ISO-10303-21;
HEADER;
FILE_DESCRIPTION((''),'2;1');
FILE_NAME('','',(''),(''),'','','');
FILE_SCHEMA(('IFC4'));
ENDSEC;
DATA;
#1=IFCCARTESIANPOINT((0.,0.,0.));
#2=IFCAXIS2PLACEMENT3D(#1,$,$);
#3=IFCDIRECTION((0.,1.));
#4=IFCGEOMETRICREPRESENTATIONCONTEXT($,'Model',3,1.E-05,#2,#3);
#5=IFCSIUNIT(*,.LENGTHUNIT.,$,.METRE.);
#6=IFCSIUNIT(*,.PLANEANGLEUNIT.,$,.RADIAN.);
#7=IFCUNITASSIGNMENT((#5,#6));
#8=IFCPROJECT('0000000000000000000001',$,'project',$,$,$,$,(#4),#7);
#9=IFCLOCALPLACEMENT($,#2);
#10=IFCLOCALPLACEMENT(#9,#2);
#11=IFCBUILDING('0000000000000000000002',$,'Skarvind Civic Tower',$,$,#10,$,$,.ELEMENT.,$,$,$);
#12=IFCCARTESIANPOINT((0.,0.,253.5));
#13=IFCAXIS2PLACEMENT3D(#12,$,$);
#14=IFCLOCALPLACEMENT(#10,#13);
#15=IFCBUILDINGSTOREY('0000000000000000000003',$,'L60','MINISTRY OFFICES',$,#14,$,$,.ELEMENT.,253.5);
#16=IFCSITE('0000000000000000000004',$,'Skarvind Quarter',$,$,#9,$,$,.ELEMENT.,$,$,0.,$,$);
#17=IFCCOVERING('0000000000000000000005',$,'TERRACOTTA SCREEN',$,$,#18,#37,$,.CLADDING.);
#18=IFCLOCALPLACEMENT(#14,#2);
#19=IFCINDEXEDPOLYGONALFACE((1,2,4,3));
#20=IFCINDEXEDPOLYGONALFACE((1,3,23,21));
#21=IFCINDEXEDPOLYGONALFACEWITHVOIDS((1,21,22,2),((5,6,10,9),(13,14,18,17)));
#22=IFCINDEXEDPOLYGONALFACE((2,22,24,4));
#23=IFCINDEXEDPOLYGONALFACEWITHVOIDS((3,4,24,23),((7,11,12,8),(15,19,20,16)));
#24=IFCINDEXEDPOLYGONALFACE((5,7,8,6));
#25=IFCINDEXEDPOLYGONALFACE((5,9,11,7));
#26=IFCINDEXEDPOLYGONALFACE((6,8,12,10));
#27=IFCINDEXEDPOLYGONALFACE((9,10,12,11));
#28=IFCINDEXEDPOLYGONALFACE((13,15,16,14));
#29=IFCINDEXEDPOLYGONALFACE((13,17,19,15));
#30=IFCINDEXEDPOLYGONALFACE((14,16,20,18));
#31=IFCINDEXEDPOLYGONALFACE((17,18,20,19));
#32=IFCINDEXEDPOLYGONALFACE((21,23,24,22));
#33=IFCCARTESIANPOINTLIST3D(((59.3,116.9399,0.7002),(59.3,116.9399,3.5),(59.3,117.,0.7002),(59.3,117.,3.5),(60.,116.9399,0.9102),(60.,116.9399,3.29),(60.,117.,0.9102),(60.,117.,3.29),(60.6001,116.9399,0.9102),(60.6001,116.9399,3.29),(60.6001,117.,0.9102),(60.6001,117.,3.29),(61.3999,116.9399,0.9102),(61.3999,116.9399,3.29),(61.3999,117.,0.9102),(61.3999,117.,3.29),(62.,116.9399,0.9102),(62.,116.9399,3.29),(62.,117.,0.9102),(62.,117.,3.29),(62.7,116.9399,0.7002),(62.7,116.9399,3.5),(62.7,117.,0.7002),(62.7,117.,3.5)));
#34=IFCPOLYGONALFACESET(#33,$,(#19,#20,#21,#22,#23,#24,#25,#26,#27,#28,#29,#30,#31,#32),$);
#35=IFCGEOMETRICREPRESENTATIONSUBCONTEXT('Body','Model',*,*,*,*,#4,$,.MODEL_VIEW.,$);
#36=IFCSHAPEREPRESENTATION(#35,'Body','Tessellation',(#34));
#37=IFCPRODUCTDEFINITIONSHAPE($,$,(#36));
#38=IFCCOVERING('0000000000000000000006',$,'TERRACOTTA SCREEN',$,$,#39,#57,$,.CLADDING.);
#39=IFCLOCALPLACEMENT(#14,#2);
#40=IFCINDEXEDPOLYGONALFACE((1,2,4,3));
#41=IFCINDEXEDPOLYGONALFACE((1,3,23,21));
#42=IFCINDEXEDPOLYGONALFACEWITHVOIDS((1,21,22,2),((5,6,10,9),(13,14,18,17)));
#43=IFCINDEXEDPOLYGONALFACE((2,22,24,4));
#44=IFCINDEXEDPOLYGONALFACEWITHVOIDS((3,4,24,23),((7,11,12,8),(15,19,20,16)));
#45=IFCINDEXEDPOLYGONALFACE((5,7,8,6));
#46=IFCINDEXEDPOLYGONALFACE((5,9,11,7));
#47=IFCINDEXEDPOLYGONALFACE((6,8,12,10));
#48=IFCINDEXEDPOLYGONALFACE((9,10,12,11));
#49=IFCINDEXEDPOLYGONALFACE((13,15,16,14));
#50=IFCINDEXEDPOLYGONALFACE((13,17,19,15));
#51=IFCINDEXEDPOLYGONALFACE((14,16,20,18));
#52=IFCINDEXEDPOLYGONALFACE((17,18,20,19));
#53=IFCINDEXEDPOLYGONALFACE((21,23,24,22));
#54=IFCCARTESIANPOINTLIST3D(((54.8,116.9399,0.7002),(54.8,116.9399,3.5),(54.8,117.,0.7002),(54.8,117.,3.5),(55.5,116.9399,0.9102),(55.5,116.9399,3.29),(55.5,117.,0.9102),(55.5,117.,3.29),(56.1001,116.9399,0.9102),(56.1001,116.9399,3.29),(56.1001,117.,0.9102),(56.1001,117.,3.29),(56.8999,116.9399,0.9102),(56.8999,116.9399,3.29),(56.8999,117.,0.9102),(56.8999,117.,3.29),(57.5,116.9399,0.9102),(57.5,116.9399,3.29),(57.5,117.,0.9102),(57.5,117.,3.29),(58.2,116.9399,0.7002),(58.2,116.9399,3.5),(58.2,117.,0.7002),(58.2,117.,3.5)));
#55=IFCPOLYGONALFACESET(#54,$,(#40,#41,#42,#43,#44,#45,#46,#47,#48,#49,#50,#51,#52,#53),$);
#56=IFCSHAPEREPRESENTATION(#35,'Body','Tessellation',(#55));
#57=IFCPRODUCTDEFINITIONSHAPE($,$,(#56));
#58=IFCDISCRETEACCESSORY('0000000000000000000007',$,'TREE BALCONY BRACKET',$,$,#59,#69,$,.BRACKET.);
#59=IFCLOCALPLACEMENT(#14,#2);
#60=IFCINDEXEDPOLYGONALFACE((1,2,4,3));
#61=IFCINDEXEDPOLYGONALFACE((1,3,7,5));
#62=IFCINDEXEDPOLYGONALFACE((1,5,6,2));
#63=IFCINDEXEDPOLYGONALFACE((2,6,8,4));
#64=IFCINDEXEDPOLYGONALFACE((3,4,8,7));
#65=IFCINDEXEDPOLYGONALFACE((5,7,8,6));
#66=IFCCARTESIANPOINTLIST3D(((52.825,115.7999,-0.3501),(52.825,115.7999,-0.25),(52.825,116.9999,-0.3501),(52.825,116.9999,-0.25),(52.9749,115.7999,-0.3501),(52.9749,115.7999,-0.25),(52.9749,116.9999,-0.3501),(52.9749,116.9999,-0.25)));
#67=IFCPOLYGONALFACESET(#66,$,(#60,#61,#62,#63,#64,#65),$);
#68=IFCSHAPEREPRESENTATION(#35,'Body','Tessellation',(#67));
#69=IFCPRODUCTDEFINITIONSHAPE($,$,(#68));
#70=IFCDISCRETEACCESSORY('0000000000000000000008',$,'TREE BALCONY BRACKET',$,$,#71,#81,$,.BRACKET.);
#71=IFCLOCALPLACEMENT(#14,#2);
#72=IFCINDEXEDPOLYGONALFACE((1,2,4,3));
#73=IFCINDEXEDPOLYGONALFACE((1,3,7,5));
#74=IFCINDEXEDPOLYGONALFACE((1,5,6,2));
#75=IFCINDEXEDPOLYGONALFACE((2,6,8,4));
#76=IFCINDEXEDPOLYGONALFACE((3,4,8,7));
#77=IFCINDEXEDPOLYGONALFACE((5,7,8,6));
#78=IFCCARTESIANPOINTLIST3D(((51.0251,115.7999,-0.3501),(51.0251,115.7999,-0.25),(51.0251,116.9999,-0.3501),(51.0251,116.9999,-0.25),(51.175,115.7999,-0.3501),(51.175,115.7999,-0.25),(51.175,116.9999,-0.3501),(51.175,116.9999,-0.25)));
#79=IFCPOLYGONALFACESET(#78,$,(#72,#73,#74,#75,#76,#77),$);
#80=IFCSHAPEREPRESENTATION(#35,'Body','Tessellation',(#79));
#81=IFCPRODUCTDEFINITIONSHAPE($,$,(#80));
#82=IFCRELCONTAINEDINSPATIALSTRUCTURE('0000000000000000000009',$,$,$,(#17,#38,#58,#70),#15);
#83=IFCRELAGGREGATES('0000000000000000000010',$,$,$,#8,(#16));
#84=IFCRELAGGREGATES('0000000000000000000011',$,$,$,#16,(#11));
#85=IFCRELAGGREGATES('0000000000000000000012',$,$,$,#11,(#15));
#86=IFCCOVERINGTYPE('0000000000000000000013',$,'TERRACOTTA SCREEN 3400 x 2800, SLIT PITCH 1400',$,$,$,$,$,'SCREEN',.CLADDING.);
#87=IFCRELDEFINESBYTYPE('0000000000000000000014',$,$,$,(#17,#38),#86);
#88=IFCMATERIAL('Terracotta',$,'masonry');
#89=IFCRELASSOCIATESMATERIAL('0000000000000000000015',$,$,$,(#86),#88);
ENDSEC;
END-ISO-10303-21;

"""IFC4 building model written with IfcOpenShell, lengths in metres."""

from ifc_helpers import new_model, si_unit, direction, frame, origin, origin_2d, place, context, subcontext, project, spatial, polyline, rectangle, outline, extrude, material, material_profile, profile_set, type_object, element, save


model = new_model("IFC4")

# Units and contexts
model_context = context("Model", 3, precision=1e-05, world=origin(), true_north=direction((0.0, 1.0)))
body_context = subcontext(model_context, "Body", "Model", "MODEL_VIEW")
ifc_project = project(units=[si_unit("LENGTHUNIT", "METRE"), si_unit("PLANEANGLEUNIT", "RADIAN")], contexts=[model_context])

# Site, building, storey
site_placement = place(None, origin())
site = spatial("IfcSite", under=ifc_project, at=site_placement, Name="Skarvind Quarter", CompositionType="ELEMENT", RefElevation=0.0)
building_placement = place(site_placement, origin())
building = spatial("IfcBuilding", under=site, at=building_placement, Name="Skarvind Civic Tower", CompositionType="ELEMENT")
storey_placement = place(building_placement, frame((0.0, 0.0, 253.5)))
storey = spatial("IfcBuildingStorey", under=building, at=storey_placement, Name="L60", Description="MINISTRY OFFICES", CompositionType="ELEMENT", Elevation=253.5)

# Coverings
ifc_material_1 = material(Name="Terracotta", Category="masonry")
ifc_material_profile_1 = material_profile(ifc_material_1, outline(polyline([(-1.7, -1.3999), (1.7, -1.3999), (1.7, 1.3999), (-1.7, 1.3999), (-1.7, -1.3999)]), holes=[polyline([(-1.0, -1.1899), (-0.3999, -1.1899), (-0.3999, 1.1899), (-1.0, 1.1899), (-1.0, -1.1899)]), polyline([(0.3999, -1.1899), (1.0, -1.1899), (1.0, 1.1899), (0.3999, 1.1899), (0.3999, -1.1899)])]), Name="TERRACOTTA SCREEN 3400 x 2800, SLIT PITCH 1400")
ifc_profile_set_1 = profile_set([ifc_material_profile_1], Name="Terracotta")
covering_type = type_object("IfcCoveringType", Name="TERRACOTTA SCREEN 3400 x 2800, SLIT PITCH 1400", ElementType="SCREEN", PredefinedType="CLADDING", material=ifc_profile_set_1)
for number, where, z_axis, x_axis, name in (
    (1, (61.0, 117.0, 2.1001), (0.0, -1.0, 0.0), (1.0, 0.0, 0.0), "TERRACOTTA SCREEN"),
    (2, (56.5, 117.0, 2.1001), (0.0, -1.0, 0.0), (1.0, 0.0, 0.0), "TERRACOTTA SCREEN"),
):
    element("IfcCovering", number, at=place(storey_placement, frame(where, z_axis=z_axis, x_axis=x_axis)), inside=storey, type_object=covering_type, Name=name, PredefinedType="CLADDING", context=body_context, shape_type="SweptSolid", body=[
        extrude(outline(polyline([(-1.7, -1.3999), (1.7, -1.3999), (1.7, 1.3999), (-1.7, 1.3999), (-1.7, -1.3999)]), holes=[polyline([(-1.0, -1.1899), (-0.3999, -1.1899), (-0.3999, 1.1899), (-1.0, 1.1899), (-1.0, -1.1899)]), polyline([(0.3999, -1.1899), (1.0, -1.1899), (1.0, 1.1899), (0.3999, 1.1899), (0.3999, -1.1899)])]), origin(), (0.0, 0.0, 1.0), 0.0601),
    ])

# Discrete accessories
for number, where, z_axis, x_axis, name in (
    (3, (52.8999, 116.3999, -0.3501), (0.0, 0.0, 1.0), (-1.0, 0.0, 0.0), "TREE BALCONY BRACKET"),
    (4, (51.1001, 116.3999, -0.3501), (0.0, 0.0, 1.0), (-1.0, 0.0, 0.0), "TREE BALCONY BRACKET"),
):
    element("IfcDiscreteAccessory", number, at=place(storey_placement, frame(where, z_axis=z_axis, x_axis=x_axis)), inside=storey, Name=name, PredefinedType="BRACKET", context=body_context, shape_type="SweptSolid", body=[
        extrude(rectangle(XDim=0.1499, YDim=1.2, at=origin_2d()), origin(), (0.0, 0.0, 1.0), 0.1001),
    ])

save(model, "model.ifc")
